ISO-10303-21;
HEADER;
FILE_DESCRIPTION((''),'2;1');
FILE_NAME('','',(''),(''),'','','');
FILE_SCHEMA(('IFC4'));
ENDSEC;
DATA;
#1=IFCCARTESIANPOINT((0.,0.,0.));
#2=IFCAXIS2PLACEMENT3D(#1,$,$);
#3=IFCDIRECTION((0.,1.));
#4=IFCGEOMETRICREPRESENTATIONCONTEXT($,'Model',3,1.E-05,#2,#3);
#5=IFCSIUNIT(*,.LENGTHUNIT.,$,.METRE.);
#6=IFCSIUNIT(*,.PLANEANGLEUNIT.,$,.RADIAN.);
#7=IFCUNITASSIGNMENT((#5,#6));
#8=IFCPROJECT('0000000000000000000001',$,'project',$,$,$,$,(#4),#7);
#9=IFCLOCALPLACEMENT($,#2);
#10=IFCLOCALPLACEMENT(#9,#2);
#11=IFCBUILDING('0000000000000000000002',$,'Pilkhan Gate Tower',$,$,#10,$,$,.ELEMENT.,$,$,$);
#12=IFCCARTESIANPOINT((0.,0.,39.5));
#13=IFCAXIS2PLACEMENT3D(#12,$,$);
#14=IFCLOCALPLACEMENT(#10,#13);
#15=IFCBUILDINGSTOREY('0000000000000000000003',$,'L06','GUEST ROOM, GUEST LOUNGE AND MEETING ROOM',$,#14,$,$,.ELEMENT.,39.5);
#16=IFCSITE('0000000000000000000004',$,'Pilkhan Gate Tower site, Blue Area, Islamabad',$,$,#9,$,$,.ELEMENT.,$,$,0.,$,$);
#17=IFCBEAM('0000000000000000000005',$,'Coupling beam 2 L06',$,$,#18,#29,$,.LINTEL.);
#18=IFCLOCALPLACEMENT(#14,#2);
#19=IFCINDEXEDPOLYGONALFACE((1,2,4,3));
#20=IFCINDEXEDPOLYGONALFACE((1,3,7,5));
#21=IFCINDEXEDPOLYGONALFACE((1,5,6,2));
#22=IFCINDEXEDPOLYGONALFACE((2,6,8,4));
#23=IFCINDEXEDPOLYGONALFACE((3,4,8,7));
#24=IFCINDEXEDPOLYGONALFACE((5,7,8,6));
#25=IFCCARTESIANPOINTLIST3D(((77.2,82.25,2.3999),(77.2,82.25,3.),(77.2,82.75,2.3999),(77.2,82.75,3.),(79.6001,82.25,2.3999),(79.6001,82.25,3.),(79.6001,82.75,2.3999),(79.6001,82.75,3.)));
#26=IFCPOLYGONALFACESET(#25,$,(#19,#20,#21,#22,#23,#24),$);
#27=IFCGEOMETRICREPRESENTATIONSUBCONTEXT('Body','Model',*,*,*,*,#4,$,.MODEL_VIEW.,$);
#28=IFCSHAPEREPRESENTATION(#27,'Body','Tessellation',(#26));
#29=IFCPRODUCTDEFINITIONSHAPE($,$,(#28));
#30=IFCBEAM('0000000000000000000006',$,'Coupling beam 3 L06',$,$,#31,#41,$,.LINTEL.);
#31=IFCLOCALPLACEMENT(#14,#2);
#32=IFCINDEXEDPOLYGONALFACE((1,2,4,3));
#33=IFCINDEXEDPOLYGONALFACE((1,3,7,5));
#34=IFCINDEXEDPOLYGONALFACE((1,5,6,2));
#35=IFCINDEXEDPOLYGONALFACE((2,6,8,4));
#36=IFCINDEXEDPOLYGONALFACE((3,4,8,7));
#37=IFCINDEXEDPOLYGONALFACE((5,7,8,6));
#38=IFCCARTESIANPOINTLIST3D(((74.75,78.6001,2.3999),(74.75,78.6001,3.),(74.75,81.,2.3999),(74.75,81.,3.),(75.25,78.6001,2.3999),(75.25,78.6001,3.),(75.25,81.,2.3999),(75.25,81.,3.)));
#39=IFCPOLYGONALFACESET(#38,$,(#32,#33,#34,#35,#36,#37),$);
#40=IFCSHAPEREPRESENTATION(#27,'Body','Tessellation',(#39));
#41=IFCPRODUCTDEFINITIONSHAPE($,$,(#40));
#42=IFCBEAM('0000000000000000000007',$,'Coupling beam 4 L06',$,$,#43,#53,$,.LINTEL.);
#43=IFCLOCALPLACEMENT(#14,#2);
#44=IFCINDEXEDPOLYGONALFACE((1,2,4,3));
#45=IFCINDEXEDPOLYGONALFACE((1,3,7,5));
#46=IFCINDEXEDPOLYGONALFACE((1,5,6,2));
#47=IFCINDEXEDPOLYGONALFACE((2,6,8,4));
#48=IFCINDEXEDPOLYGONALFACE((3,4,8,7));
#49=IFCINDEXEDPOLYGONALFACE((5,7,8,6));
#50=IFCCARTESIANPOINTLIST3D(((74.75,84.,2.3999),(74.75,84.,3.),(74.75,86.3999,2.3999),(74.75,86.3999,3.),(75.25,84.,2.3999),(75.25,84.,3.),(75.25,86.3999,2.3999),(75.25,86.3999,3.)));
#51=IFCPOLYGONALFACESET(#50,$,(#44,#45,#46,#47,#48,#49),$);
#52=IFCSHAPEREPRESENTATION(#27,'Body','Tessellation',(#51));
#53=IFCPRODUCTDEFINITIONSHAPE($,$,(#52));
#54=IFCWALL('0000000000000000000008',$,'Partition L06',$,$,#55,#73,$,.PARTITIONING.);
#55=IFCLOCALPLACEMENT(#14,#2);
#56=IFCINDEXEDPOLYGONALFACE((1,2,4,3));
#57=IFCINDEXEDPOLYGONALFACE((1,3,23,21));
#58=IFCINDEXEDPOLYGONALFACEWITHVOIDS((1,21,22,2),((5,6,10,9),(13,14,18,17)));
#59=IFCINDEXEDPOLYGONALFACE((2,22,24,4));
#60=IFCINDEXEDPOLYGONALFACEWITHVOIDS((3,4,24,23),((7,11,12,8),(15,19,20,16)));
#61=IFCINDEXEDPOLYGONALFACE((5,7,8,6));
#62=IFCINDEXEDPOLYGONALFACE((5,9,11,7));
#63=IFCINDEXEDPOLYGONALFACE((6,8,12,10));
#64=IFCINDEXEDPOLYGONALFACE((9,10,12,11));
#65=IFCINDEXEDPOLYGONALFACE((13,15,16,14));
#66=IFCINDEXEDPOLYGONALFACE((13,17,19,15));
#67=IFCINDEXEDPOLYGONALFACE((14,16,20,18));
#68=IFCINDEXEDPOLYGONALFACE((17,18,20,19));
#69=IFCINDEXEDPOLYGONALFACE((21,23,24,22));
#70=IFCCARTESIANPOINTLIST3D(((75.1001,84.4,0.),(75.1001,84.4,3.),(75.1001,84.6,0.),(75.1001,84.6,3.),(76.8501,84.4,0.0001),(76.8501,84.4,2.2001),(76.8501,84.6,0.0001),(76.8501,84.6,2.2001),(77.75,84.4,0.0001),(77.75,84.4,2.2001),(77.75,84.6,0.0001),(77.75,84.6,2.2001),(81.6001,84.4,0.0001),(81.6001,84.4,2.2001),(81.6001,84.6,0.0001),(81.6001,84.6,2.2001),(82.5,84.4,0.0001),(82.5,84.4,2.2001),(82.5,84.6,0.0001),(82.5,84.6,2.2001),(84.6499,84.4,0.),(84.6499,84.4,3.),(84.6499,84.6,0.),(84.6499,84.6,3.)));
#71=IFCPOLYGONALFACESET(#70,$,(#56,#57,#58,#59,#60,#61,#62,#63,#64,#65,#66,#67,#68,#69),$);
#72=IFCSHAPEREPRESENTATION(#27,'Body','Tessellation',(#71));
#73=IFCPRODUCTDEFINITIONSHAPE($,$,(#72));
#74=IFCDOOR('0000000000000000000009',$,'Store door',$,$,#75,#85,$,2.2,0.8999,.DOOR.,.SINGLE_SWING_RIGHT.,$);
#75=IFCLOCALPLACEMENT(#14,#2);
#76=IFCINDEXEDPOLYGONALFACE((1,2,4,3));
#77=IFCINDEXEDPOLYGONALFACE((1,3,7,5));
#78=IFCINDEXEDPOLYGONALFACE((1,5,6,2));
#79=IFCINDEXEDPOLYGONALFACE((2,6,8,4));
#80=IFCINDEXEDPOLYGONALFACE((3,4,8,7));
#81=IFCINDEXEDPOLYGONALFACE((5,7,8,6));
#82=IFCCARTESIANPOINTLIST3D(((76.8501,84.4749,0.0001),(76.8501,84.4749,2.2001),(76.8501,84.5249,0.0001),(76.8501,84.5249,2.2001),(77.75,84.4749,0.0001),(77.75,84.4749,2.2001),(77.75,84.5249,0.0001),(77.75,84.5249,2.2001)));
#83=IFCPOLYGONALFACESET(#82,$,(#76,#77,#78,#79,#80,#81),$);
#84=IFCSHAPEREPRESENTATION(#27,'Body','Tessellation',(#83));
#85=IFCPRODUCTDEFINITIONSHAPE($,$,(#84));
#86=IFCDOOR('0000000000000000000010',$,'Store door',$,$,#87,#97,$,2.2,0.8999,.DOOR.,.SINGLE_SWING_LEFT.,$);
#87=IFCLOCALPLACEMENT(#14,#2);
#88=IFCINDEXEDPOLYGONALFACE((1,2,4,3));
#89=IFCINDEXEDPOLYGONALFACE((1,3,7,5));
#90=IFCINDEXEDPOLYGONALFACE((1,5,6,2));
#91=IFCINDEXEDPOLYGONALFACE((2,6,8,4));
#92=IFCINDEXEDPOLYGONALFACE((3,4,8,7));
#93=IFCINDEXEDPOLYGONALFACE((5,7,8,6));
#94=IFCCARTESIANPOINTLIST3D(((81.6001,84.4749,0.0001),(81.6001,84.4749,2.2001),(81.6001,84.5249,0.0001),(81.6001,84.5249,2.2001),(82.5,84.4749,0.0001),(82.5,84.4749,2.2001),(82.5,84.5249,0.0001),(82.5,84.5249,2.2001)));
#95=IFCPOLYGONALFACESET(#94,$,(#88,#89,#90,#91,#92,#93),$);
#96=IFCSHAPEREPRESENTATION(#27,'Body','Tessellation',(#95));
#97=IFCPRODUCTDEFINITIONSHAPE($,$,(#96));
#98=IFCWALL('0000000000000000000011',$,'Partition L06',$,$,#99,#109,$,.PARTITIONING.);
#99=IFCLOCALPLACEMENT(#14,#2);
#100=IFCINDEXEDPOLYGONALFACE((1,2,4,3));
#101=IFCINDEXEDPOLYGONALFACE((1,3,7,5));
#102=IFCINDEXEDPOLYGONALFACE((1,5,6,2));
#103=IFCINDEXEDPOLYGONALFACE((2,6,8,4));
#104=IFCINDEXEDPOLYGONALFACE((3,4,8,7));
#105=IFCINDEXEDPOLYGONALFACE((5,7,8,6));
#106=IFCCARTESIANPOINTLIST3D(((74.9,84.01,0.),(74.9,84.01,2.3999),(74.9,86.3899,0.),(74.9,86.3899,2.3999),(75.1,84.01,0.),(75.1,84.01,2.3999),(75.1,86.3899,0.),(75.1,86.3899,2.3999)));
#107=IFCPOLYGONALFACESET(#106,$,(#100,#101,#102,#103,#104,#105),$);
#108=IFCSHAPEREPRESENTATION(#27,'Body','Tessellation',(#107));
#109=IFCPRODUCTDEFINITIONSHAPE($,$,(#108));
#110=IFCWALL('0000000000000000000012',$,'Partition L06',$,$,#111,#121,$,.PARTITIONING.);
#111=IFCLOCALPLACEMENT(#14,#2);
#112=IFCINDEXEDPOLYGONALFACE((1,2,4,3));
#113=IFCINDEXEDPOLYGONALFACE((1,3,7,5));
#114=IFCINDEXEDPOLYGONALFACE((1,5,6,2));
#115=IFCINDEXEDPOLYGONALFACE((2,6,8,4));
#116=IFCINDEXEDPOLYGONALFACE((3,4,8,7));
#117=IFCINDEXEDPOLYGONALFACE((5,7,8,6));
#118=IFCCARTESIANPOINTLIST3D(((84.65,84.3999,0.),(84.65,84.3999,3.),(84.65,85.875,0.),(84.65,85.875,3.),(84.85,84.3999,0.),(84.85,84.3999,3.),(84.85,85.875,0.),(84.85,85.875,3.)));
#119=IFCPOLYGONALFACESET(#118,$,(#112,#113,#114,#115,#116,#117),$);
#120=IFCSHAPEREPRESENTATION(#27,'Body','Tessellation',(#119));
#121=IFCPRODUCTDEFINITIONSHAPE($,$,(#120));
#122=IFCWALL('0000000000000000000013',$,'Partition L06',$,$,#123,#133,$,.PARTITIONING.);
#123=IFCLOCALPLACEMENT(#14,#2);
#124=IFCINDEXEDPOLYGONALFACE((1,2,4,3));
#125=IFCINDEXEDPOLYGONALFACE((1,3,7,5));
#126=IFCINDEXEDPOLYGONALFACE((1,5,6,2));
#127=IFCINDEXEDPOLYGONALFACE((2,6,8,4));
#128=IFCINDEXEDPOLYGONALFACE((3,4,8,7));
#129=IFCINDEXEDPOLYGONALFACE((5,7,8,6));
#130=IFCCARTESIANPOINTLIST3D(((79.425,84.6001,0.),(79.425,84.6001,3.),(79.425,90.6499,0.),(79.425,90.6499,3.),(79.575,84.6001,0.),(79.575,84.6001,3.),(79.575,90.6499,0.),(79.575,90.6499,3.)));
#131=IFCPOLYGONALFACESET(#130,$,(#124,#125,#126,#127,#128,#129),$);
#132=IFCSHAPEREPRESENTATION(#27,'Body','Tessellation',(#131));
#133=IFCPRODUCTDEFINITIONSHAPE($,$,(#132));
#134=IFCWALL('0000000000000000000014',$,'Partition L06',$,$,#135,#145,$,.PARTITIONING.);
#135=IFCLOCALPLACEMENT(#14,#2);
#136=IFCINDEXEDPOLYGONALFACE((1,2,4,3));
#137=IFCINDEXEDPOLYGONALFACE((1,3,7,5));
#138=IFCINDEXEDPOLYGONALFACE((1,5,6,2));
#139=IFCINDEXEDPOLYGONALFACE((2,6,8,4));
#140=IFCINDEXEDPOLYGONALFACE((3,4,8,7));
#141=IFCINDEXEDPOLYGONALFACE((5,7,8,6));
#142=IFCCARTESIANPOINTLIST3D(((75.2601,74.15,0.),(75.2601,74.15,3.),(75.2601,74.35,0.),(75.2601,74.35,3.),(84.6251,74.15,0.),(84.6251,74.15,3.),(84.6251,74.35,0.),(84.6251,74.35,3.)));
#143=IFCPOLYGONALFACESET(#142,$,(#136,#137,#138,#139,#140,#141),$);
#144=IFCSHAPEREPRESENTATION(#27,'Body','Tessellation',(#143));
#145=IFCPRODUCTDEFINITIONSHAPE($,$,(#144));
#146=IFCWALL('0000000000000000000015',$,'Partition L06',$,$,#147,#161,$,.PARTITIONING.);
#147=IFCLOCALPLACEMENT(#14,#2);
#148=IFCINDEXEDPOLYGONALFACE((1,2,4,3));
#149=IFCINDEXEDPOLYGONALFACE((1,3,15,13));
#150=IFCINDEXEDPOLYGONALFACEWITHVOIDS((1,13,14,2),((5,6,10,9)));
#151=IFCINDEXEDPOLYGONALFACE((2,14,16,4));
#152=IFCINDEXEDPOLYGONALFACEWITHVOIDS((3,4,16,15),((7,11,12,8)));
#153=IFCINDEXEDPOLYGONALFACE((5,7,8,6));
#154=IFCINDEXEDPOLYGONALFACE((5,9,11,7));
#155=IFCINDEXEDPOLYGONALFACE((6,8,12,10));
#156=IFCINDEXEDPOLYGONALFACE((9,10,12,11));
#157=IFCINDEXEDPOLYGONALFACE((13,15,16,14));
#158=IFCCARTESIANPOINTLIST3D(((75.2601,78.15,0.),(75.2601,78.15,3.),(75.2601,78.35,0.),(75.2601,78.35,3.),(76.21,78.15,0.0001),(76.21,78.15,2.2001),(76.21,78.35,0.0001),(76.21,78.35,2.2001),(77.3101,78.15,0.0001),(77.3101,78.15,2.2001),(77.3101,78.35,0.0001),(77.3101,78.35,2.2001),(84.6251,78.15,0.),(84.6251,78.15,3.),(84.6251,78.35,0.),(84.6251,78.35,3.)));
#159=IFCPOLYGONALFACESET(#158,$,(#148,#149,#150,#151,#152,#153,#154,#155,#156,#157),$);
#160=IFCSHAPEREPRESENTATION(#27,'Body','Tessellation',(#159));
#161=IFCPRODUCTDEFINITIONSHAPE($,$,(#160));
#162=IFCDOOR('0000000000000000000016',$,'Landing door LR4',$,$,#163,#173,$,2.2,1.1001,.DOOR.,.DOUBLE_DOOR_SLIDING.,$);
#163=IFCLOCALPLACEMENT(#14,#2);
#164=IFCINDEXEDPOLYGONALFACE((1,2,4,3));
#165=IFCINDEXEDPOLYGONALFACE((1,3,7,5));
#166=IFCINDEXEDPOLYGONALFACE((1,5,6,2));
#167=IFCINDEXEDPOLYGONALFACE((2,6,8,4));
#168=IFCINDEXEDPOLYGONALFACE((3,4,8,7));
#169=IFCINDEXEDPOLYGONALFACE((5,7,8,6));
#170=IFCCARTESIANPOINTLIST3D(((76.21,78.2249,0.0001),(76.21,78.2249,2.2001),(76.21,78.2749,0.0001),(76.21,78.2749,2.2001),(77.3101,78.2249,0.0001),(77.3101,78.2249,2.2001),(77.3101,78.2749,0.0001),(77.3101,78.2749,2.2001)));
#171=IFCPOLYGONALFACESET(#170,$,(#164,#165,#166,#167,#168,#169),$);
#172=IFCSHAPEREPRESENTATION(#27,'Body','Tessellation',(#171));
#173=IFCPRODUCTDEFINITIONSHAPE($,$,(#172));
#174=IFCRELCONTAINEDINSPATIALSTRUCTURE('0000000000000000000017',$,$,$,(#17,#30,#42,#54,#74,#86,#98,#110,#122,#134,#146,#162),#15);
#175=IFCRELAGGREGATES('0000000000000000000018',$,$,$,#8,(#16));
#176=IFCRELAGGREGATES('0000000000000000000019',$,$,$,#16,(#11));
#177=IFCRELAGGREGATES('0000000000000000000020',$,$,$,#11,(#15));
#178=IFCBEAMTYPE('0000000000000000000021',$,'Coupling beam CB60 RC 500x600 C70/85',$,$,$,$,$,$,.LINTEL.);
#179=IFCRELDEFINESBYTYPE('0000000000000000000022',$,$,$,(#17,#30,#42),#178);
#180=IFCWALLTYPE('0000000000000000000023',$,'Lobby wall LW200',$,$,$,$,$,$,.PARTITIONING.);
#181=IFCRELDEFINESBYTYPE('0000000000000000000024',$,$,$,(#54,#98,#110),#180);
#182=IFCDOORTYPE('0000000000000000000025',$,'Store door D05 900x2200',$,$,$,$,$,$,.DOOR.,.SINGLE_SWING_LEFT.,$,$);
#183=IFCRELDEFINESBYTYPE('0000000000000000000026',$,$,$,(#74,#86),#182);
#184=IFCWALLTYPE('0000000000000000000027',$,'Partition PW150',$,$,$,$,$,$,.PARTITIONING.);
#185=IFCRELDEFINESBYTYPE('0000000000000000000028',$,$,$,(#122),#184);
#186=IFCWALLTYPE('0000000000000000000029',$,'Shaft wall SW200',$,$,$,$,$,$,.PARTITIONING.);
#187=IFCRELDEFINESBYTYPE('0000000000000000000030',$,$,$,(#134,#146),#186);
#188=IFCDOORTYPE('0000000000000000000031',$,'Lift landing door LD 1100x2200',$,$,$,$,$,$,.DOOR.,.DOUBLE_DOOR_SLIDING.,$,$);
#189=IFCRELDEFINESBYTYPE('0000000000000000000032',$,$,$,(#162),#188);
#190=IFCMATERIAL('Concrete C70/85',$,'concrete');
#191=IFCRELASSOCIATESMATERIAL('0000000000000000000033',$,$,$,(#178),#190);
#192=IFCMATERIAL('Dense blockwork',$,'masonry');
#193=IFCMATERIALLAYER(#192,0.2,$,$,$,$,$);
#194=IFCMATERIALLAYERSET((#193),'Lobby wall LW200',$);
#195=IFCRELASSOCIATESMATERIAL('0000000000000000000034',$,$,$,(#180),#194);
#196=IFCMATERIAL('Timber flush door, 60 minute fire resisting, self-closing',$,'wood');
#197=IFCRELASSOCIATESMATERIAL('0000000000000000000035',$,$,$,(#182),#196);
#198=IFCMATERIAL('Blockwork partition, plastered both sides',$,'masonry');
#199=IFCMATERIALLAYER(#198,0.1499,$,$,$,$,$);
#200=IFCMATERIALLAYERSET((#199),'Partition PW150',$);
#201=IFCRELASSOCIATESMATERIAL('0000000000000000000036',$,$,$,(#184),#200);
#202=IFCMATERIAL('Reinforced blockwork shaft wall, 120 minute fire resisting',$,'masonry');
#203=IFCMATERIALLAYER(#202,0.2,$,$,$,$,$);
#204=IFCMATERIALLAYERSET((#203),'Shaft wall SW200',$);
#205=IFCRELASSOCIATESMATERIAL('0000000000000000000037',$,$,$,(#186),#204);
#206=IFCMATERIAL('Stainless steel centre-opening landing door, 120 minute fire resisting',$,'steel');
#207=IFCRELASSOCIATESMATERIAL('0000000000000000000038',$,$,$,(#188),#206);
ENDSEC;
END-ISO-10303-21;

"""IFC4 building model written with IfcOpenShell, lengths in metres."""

from ifc_helpers import new_model, si_unit, direction, frame, frame_2d, origin, origin_2d, place, context, subcontext, project, spatial, rectangle, extrude, material, layer, layer_set, material_profile, profile_set, type_object, element, fill, save


model = new_model("IFC4")

# Units and contexts
model_context = context("Model", 3, precision=1e-05, world=origin(), true_north=direction((0.0, 1.0)))
body_context = subcontext(model_context, "Body", "Model", "MODEL_VIEW")
ifc_project = project(units=[si_unit("LENGTHUNIT", "METRE"), si_unit("PLANEANGLEUNIT", "RADIAN")], contexts=[model_context])

# Site, building, storey
site_placement = place(None, origin())
site = spatial("IfcSite", under=ifc_project, at=site_placement, Name="Pilkhan Gate Tower site, Blue Area, Islamabad", CompositionType="ELEMENT", RefElevation=0.0)
building_placement = place(site_placement, origin())
building = spatial("IfcBuilding", under=site, at=building_placement, Name="Pilkhan Gate Tower", CompositionType="ELEMENT")
storey_placement = place(building_placement, frame((0.0, 0.0, 39.5)))
storey = spatial("IfcBuildingStorey", under=building, at=storey_placement, Name="L06", Description="GUEST ROOM, GUEST LOUNGE AND MEETING ROOM", CompositionType="ELEMENT", Elevation=39.5)

# Beams
ifc_material_1 = material(Name="Concrete C70/85", Category="concrete")
ifc_material_profile = material_profile(ifc_material_1, rectangle(XDim=0.5, YDim=0.6001, at=origin_2d()), Name="RC 500x600")
ifc_profile_set = profile_set([ifc_material_profile], Name="Concrete C70/85")
beam_type = type_object("IfcBeamType", Name="Coupling beam CB60 RC 500x600 C70/85", PredefinedType="LINTEL", material=ifc_profile_set)
beam_placement = place(storey_placement, frame((77.2, 82.5, 2.7), z_axis=(1.0, 0.0, 0.0), x_axis=(0.0, 1.0, 0.0)))
element("IfcBeam", 1, at=beam_placement, inside=storey, type_object=beam_type, Name="Coupling beam 2 L06", PredefinedType="LINTEL", context=body_context, shape_type="SweptSolid", body=[
    extrude(rectangle(XDim=0.5, YDim=0.6001, at=origin_2d()), origin(), (0.0, 0.0, 1.0), 2.4001),
])
for number, where, z_axis, x_axis, name in (
    (2, (75.0, 78.6001, 2.7), (0.0, 1.0, 0.0), (-1.0, 0.0, 0.0), "Coupling beam 3 L06"),
    (3, (75.0, 84.0, 2.7), (0.0, 1.0, 0.0), (-1.0, 0.0, 0.0), "Coupling beam 4 L06"),
):
    element("IfcBeam", number, at=place(storey_placement, frame(where, z_axis=z_axis, x_axis=x_axis)), inside=storey, type_object=beam_type, Name=name, PredefinedType="LINTEL", context=body_context, shape_type="SweptSolid", body=[
        extrude(rectangle(XDim=0.5, YDim=0.6001, at=origin_2d()), origin(), (0.0, 0.0, 1.0), 2.3999),
    ])

# Wall, openings, doors
ifc_material_2 = material(Name="Dense blockwork", Category="masonry")
ifc_layer_1 = layer(ifc_material_2, 0.2)
ifc_layer_set_1 = layer_set([ifc_layer_1], Name="Lobby wall LW200")
wall_type_1 = type_object("IfcWallType", Name="Lobby wall LW200", PredefinedType="PARTITIONING", material=ifc_layer_set_1)
wall_1_placement = place(storey_placement, frame((75.1001, 84.5, 0.0), z_axis=(0.0, 0.0, 1.0), x_axis=(1.0, 0.0, 0.0)))
wall_1 = element("IfcWall", 4, at=wall_1_placement, inside=storey, type_object=wall_type_1, Name="Partition L06", PredefinedType="PARTITIONING", context=body_context, shape_type="SweptSolid", body=[
    extrude(rectangle(XDim=9.5498, YDim=0.2, at=frame_2d((4.7749, 0.0))), origin(), (0.0, 0.0, 1.0), 3.0),
])
opening_1_placement = place(wall_1_placement, frame((1.75, 0.0, 0.0)))
opening_1 = element("IfcOpeningElement", 5, at=opening_1_placement, cuts=wall_1, PredefinedType="OPENING", context=body_context, shape_type="SweptSolid", body=[
    extrude(rectangle(XDim=0.8999, YDim=2.2, at=frame_2d((0.45, 1.1001))), frame((0.0, 0.1099, 0.0), z_axis=(0.0, -1.0, 0.0), x_axis=(1.0, 0.0, 0.0)), (0.0, 0.0, 1.0), 0.22),
])
opening_2_placement = place(wall_1_placement, frame((6.5, 0.0, 0.0)))
opening_2 = element("IfcOpeningElement", 6, at=opening_2_placement, cuts=wall_1, PredefinedType="OPENING", context=body_context, shape_type="SweptSolid", body=[
    extrude(rectangle(XDim=0.8999, YDim=2.2, at=frame_2d((0.45, 1.1001))), frame((0.0, 0.1099, 0.0), z_axis=(0.0, -1.0, 0.0), x_axis=(1.0, 0.0, 0.0)), (0.0, 0.0, 1.0), 0.22),
])
ifc_material_3 = material(Name="Timber flush door, 60 minute fire resisting, self-closing", Category="wood")
door_type_1 = type_object("IfcDoorType", Name="Store door D05 900x2200", OperationType="SINGLE_SWING_LEFT", PredefinedType="DOOR", material=ifc_material_3)
door_1_placement = place(opening_1_placement, origin())
door_1 = element("IfcDoor", 7, at=door_1_placement, inside=storey, type_object=door_type_1, Name="Store door", OperationType="SINGLE_SWING_RIGHT", OverallHeight=2.2, OverallWidth=0.8999, PredefinedType="DOOR", context=body_context, shape_type="SweptSolid", body=[
    extrude(rectangle(XDim=0.8999, YDim=2.2, at=frame_2d((0.45, 1.1001))), frame((0.0, 0.0249, 0.0), z_axis=(0.0, -1.0, 0.0), x_axis=(1.0, 0.0, 0.0)), (0.0, 0.0, 1.0), 0.05),
])
fill(opening_1, door_1)
door_2_placement = place(opening_2_placement, origin())
door_2 = element("IfcDoor", 8, at=door_2_placement, inside=storey, type_object=door_type_1, Name="Store door", OperationType="SINGLE_SWING_LEFT", OverallHeight=2.2, OverallWidth=0.8999, PredefinedType="DOOR", context=body_context, shape_type="SweptSolid", body=[
    extrude(rectangle(XDim=0.8999, YDim=2.2, at=frame_2d((0.45, 1.1001))), frame((0.0, 0.0249, 0.0), z_axis=(0.0, -1.0, 0.0), x_axis=(1.0, 0.0, 0.0)), (0.0, 0.0, 1.0), 0.05),
])
fill(opening_2, door_2)

# Walls
wall_2_placement = place(storey_placement, frame((75.0, 84.01, 0.0), z_axis=(0.0, 0.0, 1.0), x_axis=(0.0, 1.0, 0.0)))
element("IfcWall", 9, at=wall_2_placement, inside=storey, type_object=wall_type_1, Name="Partition L06", PredefinedType="PARTITIONING", context=body_context, shape_type="SweptSolid", body=[
    extrude(rectangle(XDim=2.3799, YDim=0.2, at=frame_2d((1.1899, 0.0))), origin(), (0.0, 0.0, 1.0), 2.3999),
])
wall_3_placement = place(storey_placement, frame((84.75, 84.3999, 0.0), z_axis=(0.0, 0.0, 1.0), x_axis=(0.0, 1.0, 0.0)))
element("IfcWall", 10, at=wall_3_placement, inside=storey, type_object=wall_type_1, Name="Partition L06", PredefinedType="PARTITIONING", context=body_context, shape_type="SweptSolid", body=[
    extrude(rectangle(XDim=1.4751, YDim=0.2, at=frame_2d((0.7375, 0.0))), origin(), (0.0, 0.0, 1.0), 3.0),
])
ifc_material_4 = material(Name="Blockwork partition, plastered both sides", Category="masonry")
ifc_layer_2 = layer(ifc_material_4, 0.1499)
ifc_layer_set_2 = layer_set([ifc_layer_2], Name="Partition PW150")
wall_type_2 = type_object("IfcWallType", Name="Partition PW150", PredefinedType="PARTITIONING", material=ifc_layer_set_2)
wall_4_placement = place(storey_placement, frame((79.5, 84.6001, 0.0), z_axis=(0.0, 0.0, 1.0), x_axis=(0.0, 1.0, 0.0)))
element("IfcWall", 11, at=wall_4_placement, inside=storey, type_object=wall_type_2, Name="Partition L06", PredefinedType="PARTITIONING", context=body_context, shape_type="SweptSolid", body=[
    extrude(rectangle(XDim=6.0498, YDim=0.1499, at=frame_2d((3.0249, 0.0))), origin(), (0.0, 0.0, 1.0), 3.0),
])
ifc_material_5 = material(Name="Reinforced blockwork shaft wall, 120 minute fire resisting", Category="masonry")
ifc_layer_3 = layer(ifc_material_5, 0.2)
ifc_layer_set_3 = layer_set([ifc_layer_3], Name="Shaft wall SW200")
wall_type_3 = type_object("IfcWallType", Name="Shaft wall SW200", PredefinedType="PARTITIONING", material=ifc_layer_set_3)
wall_5_placement = place(storey_placement, frame((75.26, 74.25, 0.0), z_axis=(0.0, 0.0, 1.0), x_axis=(1.0, 0.0, 0.0)))
element("IfcWall", 12, at=wall_5_placement, inside=storey, type_object=wall_type_3, Name="Partition L06", PredefinedType="PARTITIONING", context=body_context, shape_type="SweptSolid", body=[
    extrude(rectangle(XDim=9.365, YDim=0.2, at=frame_2d((4.6826, 0.0))), origin(), (0.0, 0.0, 1.0), 3.0),
])

# Wall, opening, door
wall_6_placement = place(storey_placement, frame((75.26, 78.25, 0.0), z_axis=(0.0, 0.0, 1.0), x_axis=(1.0, 0.0, 0.0)))
wall_6 = element("IfcWall", 13, at=wall_6_placement, inside=storey, type_object=wall_type_3, Name="Partition L06", PredefinedType="PARTITIONING", context=body_context, shape_type="SweptSolid", body=[
    extrude(rectangle(XDim=9.365, YDim=0.2, at=frame_2d((4.6826, 0.0))), origin(), (0.0, 0.0, 1.0), 3.0),
])
opening_3_placement = place(wall_6_placement, frame((0.95, 0.0, 0.0)))
opening_3 = element("IfcOpeningElement", 14, at=opening_3_placement, cuts=wall_6, PredefinedType="OPENING", context=body_context, shape_type="SweptSolid", body=[
    extrude(rectangle(XDim=1.1001, YDim=2.2, at=frame_2d((0.55, 1.1001))), frame((0.0, 0.1099, 0.0), z_axis=(0.0, -1.0, 0.0), x_axis=(1.0, 0.0, 0.0)), (0.0, 0.0, 1.0), 0.22),
])
ifc_material_6 = material(Name="Stainless steel centre-opening landing door, 120 minute fire resisting", Category="steel")
door_type_2 = type_object("IfcDoorType", Name="Lift landing door LD 1100x2200", OperationType="DOUBLE_DOOR_SLIDING", PredefinedType="DOOR", material=ifc_material_6)
door_3_placement = place(opening_3_placement, origin())
door_3 = element("IfcDoor", 15, at=door_3_placement, inside=storey, type_object=door_type_2, Name="Landing door LR4", OperationType="DOUBLE_DOOR_SLIDING", OverallHeight=2.2, OverallWidth=1.1001, PredefinedType="DOOR", context=body_context, shape_type="SweptSolid", body=[
    extrude(rectangle(XDim=1.1001, YDim=2.2, at=frame_2d((0.55, 1.1001))), frame((0.0, 0.0249, 0.0), z_axis=(0.0, -1.0, 0.0), x_axis=(1.0, 0.0, 0.0)), (0.0, 0.0, 1.0), 0.05),
])
fill(opening_3, door_3)

save(model, "model.ifc")
